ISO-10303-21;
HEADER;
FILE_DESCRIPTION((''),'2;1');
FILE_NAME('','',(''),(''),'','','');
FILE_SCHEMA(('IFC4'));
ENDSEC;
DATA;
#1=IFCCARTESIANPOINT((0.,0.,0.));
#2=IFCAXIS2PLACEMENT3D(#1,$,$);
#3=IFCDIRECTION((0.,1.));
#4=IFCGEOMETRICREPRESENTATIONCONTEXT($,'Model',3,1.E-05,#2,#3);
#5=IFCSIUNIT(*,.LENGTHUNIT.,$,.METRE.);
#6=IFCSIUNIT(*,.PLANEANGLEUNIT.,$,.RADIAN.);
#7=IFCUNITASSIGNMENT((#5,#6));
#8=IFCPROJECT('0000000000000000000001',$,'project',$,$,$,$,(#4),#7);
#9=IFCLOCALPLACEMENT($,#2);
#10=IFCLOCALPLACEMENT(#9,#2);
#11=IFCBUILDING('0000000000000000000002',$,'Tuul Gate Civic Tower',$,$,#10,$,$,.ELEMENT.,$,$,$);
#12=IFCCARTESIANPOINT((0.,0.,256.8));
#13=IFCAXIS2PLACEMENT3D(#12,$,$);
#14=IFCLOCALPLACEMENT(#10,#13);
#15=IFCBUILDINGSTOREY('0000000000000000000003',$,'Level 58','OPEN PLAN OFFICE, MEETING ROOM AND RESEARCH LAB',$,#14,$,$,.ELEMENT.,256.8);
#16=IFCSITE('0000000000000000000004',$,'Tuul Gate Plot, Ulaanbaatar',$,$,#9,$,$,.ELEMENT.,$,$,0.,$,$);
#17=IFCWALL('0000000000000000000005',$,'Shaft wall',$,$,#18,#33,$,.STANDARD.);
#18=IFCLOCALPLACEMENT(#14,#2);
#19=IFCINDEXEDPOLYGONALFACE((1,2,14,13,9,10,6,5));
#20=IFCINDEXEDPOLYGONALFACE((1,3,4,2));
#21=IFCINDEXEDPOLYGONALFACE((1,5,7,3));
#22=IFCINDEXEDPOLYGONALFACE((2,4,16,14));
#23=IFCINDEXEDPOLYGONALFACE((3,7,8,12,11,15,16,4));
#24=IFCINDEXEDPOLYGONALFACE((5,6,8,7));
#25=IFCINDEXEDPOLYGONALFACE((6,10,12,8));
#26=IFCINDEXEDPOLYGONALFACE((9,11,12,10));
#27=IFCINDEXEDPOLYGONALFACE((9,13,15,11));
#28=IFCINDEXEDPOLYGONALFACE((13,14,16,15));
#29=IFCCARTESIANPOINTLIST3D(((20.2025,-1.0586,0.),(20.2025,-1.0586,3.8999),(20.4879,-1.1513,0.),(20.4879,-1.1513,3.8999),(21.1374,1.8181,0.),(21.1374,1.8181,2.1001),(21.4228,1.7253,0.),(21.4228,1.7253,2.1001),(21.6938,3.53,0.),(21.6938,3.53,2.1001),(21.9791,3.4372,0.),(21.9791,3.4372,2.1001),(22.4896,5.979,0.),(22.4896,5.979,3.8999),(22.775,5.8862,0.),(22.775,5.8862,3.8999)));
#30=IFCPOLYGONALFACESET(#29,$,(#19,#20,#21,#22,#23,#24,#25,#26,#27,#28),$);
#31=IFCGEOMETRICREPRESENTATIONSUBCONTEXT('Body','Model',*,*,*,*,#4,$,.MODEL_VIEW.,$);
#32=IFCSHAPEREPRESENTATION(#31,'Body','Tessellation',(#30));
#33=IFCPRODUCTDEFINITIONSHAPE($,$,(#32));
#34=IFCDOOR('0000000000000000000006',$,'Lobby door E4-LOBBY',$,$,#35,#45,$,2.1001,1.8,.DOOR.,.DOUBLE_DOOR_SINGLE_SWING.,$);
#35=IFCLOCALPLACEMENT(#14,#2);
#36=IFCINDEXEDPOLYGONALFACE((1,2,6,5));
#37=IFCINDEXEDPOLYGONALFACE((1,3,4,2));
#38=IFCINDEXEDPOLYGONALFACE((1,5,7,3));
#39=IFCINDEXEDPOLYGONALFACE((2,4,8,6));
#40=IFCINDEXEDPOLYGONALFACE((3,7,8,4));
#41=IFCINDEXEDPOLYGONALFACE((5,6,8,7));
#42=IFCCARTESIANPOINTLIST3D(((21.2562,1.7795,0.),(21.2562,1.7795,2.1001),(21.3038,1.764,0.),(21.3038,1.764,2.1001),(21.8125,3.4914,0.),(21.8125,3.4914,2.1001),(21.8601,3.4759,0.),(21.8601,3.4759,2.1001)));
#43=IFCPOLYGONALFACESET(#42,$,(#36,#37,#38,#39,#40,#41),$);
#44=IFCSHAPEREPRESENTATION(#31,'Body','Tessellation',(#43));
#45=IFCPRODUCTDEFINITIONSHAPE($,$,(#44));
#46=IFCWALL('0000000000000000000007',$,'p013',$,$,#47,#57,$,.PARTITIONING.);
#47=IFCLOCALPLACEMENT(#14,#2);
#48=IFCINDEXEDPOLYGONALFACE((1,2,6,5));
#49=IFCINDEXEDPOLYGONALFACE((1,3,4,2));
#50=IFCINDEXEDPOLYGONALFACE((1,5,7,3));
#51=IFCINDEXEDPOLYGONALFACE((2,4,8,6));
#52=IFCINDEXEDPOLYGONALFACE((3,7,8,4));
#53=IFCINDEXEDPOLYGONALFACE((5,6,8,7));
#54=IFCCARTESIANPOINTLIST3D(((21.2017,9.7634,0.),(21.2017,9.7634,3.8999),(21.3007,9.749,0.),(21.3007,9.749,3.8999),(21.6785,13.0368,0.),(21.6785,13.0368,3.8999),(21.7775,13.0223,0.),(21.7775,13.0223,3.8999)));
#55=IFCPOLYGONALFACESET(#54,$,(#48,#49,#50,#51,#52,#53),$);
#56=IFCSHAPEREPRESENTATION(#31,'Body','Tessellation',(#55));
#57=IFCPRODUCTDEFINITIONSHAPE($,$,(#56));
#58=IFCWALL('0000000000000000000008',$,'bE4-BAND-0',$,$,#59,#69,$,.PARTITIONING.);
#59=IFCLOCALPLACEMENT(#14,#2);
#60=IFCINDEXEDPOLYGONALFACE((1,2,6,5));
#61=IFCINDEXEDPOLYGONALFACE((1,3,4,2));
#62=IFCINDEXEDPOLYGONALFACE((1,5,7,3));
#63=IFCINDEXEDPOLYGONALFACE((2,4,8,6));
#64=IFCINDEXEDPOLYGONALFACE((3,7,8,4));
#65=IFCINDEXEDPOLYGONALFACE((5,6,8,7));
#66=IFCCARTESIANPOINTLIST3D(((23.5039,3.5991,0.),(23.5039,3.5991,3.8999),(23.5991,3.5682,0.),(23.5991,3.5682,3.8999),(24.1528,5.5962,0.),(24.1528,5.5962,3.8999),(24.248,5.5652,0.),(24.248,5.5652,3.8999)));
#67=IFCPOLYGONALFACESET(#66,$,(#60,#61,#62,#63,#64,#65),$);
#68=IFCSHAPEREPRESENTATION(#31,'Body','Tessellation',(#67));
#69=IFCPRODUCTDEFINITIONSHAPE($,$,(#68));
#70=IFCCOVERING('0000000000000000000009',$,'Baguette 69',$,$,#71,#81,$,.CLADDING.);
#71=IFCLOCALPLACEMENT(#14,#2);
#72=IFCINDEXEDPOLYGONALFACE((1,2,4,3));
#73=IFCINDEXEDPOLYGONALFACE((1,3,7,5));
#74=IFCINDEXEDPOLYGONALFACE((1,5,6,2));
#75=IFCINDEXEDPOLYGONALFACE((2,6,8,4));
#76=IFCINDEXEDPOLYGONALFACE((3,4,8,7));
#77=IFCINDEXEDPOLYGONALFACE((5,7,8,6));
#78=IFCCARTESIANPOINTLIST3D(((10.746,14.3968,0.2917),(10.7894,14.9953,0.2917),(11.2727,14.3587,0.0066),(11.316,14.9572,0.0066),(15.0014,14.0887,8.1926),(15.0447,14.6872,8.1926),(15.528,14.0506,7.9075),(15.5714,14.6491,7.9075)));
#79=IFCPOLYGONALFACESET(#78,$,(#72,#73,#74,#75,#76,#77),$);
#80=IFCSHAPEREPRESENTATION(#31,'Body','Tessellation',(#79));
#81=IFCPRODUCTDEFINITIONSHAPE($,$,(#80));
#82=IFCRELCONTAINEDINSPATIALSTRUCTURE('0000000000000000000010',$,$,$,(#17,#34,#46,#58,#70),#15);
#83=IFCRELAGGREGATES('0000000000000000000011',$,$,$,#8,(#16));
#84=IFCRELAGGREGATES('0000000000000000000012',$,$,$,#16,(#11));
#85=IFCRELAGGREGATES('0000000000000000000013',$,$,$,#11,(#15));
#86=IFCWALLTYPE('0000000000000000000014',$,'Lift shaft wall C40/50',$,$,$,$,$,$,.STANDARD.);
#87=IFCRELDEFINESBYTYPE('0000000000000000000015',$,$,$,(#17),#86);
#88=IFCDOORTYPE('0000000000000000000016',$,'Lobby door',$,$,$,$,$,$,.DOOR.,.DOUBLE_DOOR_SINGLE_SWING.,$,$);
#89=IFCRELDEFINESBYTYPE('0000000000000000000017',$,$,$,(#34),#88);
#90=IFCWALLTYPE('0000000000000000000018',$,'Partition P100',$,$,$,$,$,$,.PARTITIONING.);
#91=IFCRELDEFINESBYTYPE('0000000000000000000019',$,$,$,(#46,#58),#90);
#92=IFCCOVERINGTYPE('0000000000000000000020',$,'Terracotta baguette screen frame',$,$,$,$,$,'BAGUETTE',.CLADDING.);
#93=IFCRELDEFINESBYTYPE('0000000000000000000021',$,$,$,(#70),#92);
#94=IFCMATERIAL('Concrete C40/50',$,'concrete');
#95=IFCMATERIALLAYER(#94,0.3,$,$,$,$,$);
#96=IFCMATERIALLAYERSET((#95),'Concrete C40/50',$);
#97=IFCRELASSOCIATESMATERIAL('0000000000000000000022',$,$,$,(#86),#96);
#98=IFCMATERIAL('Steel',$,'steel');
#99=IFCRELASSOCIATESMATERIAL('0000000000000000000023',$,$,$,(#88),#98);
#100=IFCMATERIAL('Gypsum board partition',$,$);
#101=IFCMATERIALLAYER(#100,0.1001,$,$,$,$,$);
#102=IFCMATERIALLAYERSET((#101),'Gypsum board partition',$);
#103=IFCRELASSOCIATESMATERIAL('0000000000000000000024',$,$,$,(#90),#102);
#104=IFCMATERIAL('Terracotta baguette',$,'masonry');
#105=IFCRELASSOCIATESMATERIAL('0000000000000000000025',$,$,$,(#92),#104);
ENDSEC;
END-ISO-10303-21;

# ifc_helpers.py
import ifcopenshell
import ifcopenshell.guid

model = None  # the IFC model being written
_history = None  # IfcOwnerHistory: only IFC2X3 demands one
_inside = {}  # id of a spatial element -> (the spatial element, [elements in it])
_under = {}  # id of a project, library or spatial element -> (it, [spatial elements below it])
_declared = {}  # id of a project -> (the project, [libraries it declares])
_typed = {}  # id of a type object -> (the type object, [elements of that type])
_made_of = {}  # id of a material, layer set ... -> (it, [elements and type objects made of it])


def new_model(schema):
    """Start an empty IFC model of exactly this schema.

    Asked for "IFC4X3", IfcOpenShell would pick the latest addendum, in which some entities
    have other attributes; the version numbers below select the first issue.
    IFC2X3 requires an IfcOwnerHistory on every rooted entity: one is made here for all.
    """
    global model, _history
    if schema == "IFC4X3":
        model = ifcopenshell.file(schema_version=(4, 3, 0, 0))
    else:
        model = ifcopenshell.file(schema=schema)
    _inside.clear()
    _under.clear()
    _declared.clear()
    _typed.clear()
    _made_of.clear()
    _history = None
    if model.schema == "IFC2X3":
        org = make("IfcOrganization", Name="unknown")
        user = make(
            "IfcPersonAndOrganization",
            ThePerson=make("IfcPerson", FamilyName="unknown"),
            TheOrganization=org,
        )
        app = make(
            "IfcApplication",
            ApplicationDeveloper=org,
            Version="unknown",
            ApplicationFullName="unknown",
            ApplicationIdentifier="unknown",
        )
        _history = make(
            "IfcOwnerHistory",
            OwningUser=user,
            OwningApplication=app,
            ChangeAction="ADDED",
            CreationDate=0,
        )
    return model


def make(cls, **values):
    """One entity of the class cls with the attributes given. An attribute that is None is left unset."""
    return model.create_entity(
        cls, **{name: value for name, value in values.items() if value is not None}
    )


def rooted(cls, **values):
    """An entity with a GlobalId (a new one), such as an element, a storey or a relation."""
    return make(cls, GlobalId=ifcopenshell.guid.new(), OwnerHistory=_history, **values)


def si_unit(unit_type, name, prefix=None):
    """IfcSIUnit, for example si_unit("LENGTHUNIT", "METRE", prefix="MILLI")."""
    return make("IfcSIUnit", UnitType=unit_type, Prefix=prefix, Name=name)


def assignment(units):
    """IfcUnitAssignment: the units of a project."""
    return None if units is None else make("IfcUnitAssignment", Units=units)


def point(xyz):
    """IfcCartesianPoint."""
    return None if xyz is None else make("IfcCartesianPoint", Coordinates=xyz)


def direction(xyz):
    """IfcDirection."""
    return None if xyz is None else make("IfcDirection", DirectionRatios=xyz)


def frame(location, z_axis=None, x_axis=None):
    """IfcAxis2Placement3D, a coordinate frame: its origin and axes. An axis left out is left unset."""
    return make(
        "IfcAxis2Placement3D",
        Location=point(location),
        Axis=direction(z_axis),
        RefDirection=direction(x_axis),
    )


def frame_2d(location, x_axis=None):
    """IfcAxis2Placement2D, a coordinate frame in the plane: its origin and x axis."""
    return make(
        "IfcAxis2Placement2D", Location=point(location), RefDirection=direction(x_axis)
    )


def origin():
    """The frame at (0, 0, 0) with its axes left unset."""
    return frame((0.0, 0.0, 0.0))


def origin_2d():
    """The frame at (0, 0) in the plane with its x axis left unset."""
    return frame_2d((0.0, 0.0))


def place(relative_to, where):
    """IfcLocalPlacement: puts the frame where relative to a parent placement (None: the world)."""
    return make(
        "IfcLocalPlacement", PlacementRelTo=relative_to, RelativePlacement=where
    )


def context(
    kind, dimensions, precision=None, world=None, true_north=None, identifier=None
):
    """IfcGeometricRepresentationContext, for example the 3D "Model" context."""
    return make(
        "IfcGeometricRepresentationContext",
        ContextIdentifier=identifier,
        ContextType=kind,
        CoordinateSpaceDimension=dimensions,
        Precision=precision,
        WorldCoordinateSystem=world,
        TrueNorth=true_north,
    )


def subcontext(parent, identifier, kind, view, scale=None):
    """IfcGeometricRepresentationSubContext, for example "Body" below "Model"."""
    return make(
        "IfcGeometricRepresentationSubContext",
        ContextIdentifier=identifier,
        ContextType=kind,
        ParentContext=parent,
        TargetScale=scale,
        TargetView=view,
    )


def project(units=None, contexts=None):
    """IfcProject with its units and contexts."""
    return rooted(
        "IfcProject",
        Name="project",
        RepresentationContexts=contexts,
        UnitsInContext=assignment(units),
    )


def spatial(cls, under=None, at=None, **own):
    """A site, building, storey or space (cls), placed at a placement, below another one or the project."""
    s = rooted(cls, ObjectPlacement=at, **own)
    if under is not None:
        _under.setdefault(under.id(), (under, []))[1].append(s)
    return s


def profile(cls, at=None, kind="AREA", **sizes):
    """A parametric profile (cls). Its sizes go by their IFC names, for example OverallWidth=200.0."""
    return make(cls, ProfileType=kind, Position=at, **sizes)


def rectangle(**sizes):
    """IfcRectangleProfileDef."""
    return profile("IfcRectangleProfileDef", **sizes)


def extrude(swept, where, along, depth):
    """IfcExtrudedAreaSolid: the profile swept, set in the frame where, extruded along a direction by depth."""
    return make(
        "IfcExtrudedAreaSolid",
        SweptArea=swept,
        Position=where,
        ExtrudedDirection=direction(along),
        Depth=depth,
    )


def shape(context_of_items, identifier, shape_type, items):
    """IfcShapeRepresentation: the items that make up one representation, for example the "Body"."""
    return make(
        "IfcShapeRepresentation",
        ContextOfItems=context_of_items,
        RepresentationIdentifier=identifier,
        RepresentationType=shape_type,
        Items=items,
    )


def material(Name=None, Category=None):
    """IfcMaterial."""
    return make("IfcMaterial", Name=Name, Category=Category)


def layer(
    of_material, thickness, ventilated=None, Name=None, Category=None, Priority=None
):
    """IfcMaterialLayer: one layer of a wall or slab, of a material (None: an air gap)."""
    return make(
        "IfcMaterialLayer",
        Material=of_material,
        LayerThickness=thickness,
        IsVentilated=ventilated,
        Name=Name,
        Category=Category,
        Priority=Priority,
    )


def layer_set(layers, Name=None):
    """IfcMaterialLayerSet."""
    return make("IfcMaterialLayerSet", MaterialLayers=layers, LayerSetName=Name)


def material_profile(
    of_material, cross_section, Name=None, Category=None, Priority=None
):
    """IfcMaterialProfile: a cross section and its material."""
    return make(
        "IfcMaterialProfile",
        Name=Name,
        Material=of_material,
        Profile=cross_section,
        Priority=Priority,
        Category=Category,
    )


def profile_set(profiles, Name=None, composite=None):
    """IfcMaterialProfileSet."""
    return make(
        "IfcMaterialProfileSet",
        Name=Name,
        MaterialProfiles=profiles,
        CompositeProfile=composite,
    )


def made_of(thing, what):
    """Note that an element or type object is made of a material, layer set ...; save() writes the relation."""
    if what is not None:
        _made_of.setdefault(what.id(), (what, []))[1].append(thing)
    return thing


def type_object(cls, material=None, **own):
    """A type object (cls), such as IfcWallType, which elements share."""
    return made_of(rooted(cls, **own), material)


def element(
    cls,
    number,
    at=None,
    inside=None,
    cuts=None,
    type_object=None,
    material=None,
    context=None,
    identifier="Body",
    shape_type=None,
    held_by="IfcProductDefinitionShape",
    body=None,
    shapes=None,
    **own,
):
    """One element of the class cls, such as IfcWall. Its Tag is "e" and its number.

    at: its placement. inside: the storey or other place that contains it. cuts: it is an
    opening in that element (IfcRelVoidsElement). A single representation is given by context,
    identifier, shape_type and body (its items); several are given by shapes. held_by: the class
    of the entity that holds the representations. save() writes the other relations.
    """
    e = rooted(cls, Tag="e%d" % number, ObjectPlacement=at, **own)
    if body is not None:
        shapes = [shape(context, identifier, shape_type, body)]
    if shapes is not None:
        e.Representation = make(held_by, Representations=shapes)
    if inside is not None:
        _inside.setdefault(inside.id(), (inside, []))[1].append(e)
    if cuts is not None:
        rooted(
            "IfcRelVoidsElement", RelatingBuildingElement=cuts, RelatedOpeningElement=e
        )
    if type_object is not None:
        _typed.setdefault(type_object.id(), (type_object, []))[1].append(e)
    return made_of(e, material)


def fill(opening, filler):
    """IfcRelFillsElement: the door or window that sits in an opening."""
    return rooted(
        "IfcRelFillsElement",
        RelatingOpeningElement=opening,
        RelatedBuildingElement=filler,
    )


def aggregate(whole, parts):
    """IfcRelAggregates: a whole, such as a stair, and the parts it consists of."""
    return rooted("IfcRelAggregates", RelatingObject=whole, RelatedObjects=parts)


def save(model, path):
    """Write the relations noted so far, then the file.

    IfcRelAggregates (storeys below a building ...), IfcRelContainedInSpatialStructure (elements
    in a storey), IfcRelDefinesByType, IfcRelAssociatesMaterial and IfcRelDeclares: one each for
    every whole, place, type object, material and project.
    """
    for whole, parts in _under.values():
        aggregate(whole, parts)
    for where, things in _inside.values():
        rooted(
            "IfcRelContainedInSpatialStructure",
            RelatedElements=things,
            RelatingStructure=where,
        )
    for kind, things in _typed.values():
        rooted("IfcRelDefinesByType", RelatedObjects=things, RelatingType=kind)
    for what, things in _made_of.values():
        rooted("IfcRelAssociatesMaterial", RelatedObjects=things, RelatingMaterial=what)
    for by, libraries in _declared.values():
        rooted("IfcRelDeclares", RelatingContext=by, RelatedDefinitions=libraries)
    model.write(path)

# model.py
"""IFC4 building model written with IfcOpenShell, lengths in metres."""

from ifc_helpers import new_model, si_unit, direction, frame, frame_2d, origin, origin_2d, place, context, subcontext, project, spatial, rectangle, extrude, material, layer, layer_set, material_profile, profile_set, type_object, element, fill, save


model = new_model("IFC4")

# Units and contexts
model_context = context("Model", 3, precision=1e-05, world=origin(), true_north=direction((0.0, 1.0)))
body_context = subcontext(model_context, "Body", "Model", "MODEL_VIEW")
ifc_project = project(units=[si_unit("LENGTHUNIT", "METRE"), si_unit("PLANEANGLEUNIT", "RADIAN")], contexts=[model_context])

# Site, building, storey
site_placement = place(None, origin())
site = spatial("IfcSite", under=ifc_project, at=site_placement, Name="Tuul Gate Plot, Ulaanbaatar", CompositionType="ELEMENT", RefElevation=0.0)
building_placement = place(site_placement, origin())
building = spatial("IfcBuilding", under=site, at=building_placement, Name="Tuul Gate Civic Tower", CompositionType="ELEMENT")
storey_placement = place(building_placement, frame((0.0, 0.0, 256.8)))
storey = spatial("IfcBuildingStorey", under=building, at=storey_placement, Name="Level 58", Description="OPEN PLAN OFFICE, MEETING ROOM AND RESEARCH LAB", CompositionType="ELEMENT", Elevation=256.8)

# Shared definitions
ifc_material_1 = material(Name="Concrete C40/50", Category="concrete")
ifc_layer_1 = layer(ifc_material_1, 0.3)
ifc_layer_set_1 = layer_set([ifc_layer_1], Name="Concrete C40/50")
wall_type_1 = type_object("IfcWallType", Name="Lift shaft wall C40/50", PredefinedType="STANDARD", material=ifc_layer_set_1)

# Wall, opening, door
wall_1_placement = place(storey_placement, frame((20.3452, -1.105, 0.0), z_axis=(0.0, 0.0, 1.0), x_axis=(0.309073, 0.951038, 0.0)))
wall_1 = element("IfcWall", 1, at=wall_1_placement, inside=storey, type_object=wall_type_1, Name="Shaft wall", PredefinedType="STANDARD", context=body_context, shape_type="SweptSolid", body=[
    extrude(rectangle(XDim=7.3999, YDim=0.3, at=frame_2d((3.7, 0.0))), origin(), (0.0, 0.0, 1.0), 3.8999),
])
opening_1_placement = place(wall_1_placement, frame((3.0249, 0.0, 0.0)))
opening_1 = element("IfcOpeningElement", 2, at=opening_1_placement, cuts=wall_1, PredefinedType="OPENING", context=body_context, shape_type="SweptSolid", body=[
    extrude(rectangle(XDim=1.8, YDim=2.1001, at=frame_2d((0.8999, 1.05))), frame((0.0, 0.1602, 0.0), z_axis=(0.0, -1.0, 0.0), x_axis=(1.0, 0.0, 0.0)), (0.0, 0.0, 1.0), 0.3201),
])
ifc_material_2 = material(Name="Steel", Category="steel")
door_type_1 = type_object("IfcDoorType", Name="Lobby door", OperationType="DOUBLE_DOOR_SINGLE_SWING", PredefinedType="DOOR", material=ifc_material_2)
door_1_placement = place(opening_1_placement, frame((1.8, 0.0, 0.0), z_axis=(0.0, 0.0, 1.0), x_axis=(-1.0, 0.0, 0.0)))
door_1 = element("IfcDoor", 3, at=door_1_placement, inside=storey, type_object=door_type_1, Name="Lobby door E4-LOBBY", OperationType="DOUBLE_DOOR_SINGLE_SWING", OverallHeight=2.1001, OverallWidth=1.8, PredefinedType="DOOR", context=body_context, shape_type="SweptSolid", body=[
    extrude(rectangle(XDim=1.8, YDim=2.1001, at=frame_2d((0.9001, 1.05))), frame((0.0, 0.0249, 0.0), z_axis=(0.0, -1.0, 0.0), x_axis=(1.0, 0.0, 0.0)), (0.0, 0.0, 1.0), 0.05),
])
fill(opening_1, door_1)

# Walls
ifc_material_3 = material(Name="Gypsum board partition")
ifc_layer_2 = layer(ifc_material_3, 0.1001)
ifc_layer_set_2 = layer_set([ifc_layer_2], Name="Gypsum board partition")
wall_type_2 = type_object("IfcWallType", Name="Partition P100", PredefinedType="PARTITIONING", material=ifc_layer_set_2)
wall_2_placement = place(storey_placement, frame((21.2512, 9.7563, 0.0), z_axis=(0.0, 0.0, 1.0), x_axis=(0.144138, 0.989558, 0.0)))
element("IfcWall", 4, at=wall_2_placement, inside=storey, type_object=wall_type_2, Name="p013", PredefinedType="PARTITIONING", context=body_context, shape_type="SweptSolid", body=[
    extrude(rectangle(XDim=3.3079, YDim=0.1001, at=frame_2d((1.6538, 0.0))), origin(), (0.0, 0.0, 1.0), 3.8999),
])
wall_3_placement = place(storey_placement, frame((23.5515, 3.5837, 0.0), z_axis=(0.0, 0.0, 1.0), x_axis=(0.309033, 0.951051, 0.0)))
element("IfcWall", 5, at=wall_3_placement, inside=storey, type_object=wall_type_2, Name="bE4-BAND-0", PredefinedType="PARTITIONING", context=body_context, shape_type="SweptSolid", body=[
    extrude(rectangle(XDim=2.0999, YDim=0.1001, at=frame_2d((1.0498, 0.0))), origin(), (0.0, 0.0, 1.0), 3.8999),
])

# Covering
ifc_material_4 = material(Name="Terracotta baguette", Category="masonry")
ifc_material_profile_1 = material_profile(ifc_material_4, rectangle(XDim=0.6001, YDim=0.6001, at=origin_2d()), Name="Terracotta baguette screen frame")
ifc_profile_set_1 = profile_set([ifc_material_profile_1], Name="Terracotta baguette")
covering_type = type_object("IfcCoveringType", Name="Terracotta baguette screen frame", ElementType="BAGUETTE", PredefinedType="CLADDING", material=ifc_profile_set_1)
covering_placement = place(storey_placement, frame((15.2864, 14.3689, 8.05), z_axis=(-0.473911, 0.034313, -0.879904), x_axis=(-0.072215, -0.997389, 0.0)))
element("IfcCovering", 6, at=covering_placement, inside=storey, type_object=covering_type, Name="Baguette 69", PredefinedType="CLADDING", context=body_context, shape_type="SweptSolid", body=[
    extrude(rectangle(XDim=0.6001, YDim=0.6001, at=origin_2d()), origin(), (0.0, 0.0, 1.0), 8.9792),
])

save(model, "model.ifc")
